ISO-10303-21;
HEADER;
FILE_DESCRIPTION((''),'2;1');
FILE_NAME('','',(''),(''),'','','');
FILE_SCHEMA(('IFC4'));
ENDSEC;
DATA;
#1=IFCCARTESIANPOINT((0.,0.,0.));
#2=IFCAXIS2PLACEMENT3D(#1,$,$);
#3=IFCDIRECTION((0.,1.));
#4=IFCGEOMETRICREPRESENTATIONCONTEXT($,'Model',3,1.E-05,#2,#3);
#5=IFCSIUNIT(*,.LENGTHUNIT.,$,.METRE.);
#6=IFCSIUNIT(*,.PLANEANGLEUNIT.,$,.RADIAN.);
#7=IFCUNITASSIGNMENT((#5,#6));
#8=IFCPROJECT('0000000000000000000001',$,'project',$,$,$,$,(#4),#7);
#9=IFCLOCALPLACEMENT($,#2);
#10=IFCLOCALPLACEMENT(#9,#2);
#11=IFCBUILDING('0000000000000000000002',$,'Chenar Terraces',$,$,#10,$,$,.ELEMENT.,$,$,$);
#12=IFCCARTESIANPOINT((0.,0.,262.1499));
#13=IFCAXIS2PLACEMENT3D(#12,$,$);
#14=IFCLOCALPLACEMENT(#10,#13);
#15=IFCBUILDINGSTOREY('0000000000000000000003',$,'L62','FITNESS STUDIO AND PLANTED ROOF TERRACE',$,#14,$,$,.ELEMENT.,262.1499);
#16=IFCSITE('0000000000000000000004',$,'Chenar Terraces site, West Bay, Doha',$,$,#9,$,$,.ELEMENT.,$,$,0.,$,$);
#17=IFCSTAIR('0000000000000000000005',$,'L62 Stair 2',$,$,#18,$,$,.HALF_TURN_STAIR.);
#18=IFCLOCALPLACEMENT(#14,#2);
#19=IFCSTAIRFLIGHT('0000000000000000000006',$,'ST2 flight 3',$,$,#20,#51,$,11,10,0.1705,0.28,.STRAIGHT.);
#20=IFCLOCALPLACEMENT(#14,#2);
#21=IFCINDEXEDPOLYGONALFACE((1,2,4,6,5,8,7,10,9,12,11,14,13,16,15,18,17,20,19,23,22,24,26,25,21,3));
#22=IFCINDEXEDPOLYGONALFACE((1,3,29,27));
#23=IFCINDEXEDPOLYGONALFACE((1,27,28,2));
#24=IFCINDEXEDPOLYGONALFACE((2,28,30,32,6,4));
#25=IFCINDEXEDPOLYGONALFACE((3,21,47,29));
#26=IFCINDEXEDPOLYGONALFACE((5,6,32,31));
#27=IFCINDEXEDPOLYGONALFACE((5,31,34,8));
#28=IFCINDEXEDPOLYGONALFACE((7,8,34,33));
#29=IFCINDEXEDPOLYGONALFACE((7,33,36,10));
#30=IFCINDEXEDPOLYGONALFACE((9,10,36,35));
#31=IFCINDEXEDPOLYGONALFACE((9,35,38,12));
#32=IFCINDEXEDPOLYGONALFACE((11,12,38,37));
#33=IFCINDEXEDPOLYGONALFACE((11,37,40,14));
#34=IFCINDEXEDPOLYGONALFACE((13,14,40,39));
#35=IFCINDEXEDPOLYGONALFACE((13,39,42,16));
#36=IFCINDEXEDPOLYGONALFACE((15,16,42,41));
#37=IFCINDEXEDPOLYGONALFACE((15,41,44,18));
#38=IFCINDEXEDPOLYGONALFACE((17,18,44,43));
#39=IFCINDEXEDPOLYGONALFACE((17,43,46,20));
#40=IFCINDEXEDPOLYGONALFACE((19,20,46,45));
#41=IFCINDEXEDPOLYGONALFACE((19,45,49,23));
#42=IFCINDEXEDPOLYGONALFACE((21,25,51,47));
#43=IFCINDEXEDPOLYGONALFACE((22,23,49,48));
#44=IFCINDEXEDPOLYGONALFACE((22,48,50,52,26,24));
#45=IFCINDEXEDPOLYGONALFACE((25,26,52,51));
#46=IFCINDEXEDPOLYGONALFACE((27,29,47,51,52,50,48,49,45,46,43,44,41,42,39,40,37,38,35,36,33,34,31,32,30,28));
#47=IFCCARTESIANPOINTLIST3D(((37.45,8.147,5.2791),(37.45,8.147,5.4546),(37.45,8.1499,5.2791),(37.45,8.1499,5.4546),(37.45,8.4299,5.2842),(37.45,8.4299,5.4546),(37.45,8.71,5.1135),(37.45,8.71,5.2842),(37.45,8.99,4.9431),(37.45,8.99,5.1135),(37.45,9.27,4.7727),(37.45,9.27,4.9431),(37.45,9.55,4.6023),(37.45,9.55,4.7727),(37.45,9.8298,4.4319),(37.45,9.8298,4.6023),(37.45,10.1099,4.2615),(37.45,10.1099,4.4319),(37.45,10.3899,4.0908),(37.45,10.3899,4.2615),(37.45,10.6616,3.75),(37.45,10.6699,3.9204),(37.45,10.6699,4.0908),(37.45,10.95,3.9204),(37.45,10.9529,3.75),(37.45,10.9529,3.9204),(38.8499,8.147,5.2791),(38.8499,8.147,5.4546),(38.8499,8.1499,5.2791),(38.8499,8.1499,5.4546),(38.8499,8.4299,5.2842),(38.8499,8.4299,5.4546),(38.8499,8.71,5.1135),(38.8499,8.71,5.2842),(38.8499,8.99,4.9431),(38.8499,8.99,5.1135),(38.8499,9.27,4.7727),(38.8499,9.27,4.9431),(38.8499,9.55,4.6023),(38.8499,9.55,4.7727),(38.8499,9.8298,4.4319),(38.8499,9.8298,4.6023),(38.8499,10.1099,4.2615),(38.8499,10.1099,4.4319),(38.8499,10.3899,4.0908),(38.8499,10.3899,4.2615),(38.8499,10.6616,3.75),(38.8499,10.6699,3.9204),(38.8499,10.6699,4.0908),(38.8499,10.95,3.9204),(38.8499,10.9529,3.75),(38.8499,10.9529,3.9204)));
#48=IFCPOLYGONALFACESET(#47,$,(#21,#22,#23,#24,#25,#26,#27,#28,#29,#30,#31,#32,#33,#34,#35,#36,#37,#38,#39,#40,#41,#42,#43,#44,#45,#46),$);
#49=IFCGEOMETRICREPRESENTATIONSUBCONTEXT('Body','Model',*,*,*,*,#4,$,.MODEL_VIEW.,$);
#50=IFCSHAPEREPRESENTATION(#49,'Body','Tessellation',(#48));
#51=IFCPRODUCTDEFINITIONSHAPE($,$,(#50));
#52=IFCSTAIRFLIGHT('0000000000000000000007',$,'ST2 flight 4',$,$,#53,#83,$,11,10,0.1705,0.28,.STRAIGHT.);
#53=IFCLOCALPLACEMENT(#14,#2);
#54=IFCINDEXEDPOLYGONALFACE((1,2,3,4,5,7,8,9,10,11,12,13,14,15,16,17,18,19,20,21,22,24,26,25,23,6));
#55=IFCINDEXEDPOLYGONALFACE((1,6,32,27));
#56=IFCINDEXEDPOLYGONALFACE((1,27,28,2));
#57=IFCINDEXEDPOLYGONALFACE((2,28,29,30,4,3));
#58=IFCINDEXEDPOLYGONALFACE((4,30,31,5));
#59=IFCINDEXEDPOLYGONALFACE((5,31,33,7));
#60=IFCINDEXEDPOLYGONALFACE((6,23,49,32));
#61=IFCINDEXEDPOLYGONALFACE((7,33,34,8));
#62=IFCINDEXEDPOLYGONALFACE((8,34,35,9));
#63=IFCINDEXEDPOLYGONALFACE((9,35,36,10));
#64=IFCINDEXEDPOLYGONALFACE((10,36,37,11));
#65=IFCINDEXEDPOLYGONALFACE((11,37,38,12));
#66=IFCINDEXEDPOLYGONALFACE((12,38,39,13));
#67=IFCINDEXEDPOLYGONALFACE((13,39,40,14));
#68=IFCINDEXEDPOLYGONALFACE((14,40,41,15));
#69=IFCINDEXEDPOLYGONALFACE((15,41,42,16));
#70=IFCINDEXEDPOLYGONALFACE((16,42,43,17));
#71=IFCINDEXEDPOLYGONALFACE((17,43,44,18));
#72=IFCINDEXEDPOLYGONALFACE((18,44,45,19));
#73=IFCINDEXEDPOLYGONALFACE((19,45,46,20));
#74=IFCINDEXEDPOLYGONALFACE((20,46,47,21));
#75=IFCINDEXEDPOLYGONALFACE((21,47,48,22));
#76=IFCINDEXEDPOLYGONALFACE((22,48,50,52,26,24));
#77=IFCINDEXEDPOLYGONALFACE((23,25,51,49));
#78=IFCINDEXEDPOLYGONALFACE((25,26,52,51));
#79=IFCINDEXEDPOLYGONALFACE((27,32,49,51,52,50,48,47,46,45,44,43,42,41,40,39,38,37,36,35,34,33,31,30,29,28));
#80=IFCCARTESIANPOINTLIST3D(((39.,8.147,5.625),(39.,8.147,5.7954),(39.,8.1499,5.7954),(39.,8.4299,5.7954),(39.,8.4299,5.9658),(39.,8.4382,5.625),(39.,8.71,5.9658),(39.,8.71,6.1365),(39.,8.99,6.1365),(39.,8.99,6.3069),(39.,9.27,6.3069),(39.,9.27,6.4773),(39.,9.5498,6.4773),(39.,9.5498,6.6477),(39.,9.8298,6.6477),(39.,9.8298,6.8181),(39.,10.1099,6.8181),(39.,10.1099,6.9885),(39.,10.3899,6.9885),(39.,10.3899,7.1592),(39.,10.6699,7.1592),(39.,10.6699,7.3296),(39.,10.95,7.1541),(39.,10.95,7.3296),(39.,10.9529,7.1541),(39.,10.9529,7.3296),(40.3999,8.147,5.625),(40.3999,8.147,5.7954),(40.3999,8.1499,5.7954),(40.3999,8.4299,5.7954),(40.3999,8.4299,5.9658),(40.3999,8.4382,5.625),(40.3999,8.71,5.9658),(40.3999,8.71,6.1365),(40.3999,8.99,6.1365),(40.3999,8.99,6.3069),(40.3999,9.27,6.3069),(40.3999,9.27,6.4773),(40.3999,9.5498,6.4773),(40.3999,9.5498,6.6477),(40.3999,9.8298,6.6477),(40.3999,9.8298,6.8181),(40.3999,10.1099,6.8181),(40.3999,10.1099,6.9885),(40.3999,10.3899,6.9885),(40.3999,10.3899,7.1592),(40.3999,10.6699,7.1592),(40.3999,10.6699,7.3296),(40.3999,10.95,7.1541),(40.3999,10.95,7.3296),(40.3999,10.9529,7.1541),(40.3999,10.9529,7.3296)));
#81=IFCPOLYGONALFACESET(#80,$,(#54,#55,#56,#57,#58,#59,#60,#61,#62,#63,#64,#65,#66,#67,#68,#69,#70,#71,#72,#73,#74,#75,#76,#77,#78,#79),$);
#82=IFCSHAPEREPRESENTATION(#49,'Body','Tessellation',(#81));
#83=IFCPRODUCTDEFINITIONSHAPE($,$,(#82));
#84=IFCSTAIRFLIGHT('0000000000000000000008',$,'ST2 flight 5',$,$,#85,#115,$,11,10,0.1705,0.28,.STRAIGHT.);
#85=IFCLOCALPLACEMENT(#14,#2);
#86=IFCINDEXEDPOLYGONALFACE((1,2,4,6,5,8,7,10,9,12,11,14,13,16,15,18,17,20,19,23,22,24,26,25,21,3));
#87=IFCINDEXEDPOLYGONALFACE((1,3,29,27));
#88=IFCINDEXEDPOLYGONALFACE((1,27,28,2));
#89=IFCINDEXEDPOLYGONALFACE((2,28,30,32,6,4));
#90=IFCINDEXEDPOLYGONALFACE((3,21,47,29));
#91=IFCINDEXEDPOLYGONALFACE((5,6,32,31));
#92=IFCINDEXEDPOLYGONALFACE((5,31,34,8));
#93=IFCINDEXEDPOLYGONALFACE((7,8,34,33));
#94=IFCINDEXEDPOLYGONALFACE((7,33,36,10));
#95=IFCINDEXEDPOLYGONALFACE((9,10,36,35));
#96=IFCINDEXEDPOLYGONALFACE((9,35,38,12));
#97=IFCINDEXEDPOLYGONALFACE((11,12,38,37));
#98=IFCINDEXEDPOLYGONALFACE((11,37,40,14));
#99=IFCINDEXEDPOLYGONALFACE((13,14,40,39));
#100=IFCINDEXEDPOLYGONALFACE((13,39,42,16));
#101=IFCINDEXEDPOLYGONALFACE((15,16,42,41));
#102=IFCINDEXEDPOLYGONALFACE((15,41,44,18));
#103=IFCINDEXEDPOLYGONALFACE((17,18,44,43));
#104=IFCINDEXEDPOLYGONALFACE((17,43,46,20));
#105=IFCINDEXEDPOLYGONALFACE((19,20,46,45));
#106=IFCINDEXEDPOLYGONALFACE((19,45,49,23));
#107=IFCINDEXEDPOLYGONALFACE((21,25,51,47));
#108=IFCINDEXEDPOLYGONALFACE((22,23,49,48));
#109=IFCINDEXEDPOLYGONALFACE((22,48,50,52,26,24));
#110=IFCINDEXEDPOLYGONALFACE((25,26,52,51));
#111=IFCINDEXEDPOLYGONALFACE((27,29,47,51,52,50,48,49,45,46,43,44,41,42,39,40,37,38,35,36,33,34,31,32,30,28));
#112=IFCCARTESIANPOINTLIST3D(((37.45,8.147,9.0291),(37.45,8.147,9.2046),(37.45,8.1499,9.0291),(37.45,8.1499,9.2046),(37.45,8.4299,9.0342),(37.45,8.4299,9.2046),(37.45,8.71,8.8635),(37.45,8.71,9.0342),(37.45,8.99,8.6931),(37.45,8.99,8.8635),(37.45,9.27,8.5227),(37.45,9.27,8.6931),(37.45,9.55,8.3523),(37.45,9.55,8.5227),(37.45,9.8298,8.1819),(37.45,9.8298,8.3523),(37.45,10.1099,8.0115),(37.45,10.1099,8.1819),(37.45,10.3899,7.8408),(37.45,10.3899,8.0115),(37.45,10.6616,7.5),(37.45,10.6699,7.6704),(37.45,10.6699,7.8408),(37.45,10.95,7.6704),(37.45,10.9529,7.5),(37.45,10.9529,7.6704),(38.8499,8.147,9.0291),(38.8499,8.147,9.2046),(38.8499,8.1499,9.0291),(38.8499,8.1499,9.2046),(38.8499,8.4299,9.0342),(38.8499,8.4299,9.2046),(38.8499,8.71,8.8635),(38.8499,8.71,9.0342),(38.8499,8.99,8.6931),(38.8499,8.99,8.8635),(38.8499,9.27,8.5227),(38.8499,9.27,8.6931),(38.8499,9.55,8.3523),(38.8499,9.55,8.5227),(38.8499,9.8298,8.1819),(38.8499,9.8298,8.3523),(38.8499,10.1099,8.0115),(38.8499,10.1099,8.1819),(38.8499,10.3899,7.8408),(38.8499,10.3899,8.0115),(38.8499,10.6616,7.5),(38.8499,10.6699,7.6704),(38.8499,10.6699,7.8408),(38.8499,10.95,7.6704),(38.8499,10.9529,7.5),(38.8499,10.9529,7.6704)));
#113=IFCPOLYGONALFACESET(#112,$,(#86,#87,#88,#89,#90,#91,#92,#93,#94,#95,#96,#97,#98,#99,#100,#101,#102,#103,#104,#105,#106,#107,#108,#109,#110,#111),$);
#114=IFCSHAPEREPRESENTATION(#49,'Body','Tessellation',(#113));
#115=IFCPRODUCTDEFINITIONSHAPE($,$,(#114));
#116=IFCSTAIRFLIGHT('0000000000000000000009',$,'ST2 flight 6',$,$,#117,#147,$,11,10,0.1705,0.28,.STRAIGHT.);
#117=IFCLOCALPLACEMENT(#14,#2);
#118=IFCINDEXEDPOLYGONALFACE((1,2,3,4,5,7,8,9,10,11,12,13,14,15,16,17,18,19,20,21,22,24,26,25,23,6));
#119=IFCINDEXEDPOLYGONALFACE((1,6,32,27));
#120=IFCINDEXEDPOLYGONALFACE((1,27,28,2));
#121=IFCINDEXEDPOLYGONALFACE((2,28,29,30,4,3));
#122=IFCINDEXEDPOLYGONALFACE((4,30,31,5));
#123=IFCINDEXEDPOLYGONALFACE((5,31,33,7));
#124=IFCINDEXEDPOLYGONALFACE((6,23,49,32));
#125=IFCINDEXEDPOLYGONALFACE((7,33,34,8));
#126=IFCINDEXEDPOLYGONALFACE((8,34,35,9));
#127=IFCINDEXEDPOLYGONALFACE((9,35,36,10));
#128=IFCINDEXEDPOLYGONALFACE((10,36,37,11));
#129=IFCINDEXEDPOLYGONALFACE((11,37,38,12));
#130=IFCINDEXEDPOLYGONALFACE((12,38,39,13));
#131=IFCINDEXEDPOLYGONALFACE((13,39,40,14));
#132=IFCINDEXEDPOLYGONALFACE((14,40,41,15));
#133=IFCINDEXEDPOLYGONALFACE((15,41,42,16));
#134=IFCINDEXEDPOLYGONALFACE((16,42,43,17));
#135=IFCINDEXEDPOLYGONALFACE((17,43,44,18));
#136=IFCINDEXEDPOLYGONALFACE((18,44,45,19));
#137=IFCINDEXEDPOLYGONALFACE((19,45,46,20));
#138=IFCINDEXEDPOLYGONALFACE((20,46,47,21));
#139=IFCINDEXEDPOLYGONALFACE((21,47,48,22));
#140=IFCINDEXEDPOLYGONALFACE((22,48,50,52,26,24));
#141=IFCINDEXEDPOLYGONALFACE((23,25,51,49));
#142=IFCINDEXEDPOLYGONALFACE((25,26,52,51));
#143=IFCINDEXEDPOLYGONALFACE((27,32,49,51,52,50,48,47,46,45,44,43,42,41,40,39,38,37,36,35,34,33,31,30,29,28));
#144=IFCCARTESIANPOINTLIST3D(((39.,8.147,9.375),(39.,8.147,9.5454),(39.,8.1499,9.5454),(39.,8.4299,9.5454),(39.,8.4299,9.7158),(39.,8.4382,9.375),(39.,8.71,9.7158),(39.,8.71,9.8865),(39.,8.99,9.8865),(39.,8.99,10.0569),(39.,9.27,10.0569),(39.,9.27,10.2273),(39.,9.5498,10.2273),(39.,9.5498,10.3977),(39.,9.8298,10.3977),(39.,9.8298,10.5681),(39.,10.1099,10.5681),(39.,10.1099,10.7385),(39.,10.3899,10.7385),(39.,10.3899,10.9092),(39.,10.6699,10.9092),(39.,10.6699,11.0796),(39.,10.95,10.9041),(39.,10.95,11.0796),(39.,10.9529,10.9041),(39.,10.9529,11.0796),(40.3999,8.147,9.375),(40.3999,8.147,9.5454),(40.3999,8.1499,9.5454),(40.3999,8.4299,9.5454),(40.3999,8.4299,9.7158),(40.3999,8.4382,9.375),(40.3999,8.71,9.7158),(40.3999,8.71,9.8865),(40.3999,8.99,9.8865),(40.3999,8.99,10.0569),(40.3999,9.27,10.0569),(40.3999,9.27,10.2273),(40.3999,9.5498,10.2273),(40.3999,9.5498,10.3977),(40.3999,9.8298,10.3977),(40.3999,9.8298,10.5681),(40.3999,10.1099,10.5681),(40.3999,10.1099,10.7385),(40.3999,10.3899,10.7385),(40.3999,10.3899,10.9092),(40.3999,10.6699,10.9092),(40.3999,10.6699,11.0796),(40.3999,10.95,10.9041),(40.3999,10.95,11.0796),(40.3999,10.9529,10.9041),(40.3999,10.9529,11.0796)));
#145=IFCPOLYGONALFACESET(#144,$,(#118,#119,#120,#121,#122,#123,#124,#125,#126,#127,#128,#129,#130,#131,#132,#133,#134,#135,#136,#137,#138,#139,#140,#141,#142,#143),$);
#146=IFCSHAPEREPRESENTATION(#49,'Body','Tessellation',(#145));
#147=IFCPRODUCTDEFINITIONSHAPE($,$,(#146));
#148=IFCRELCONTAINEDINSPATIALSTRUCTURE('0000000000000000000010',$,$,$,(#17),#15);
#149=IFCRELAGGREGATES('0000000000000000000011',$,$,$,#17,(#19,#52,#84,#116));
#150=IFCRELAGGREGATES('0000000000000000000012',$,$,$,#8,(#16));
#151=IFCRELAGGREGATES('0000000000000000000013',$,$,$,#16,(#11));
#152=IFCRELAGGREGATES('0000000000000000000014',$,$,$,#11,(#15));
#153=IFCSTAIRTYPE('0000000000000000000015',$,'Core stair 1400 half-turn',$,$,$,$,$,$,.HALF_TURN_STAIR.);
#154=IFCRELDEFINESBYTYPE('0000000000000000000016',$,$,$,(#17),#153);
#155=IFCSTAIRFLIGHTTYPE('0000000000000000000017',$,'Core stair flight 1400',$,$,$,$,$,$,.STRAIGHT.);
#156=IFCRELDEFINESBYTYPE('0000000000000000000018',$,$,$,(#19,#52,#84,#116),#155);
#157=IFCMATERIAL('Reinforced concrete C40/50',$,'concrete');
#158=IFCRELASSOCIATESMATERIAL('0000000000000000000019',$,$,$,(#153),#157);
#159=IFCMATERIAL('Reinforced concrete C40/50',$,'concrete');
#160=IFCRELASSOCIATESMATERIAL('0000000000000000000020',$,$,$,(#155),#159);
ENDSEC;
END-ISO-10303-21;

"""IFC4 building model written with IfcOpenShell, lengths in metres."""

from ifc_helpers import new_model, si_unit, direction, frame, origin, place, context, subcontext, project, spatial, polyline, outline, extrude, material, type_object, element, aggregate, save


model = new_model("IFC4")

# Units and contexts
model_context = context("Model", 3, precision=1e-05, world=origin(), true_north=direction((0.0, 1.0)))
body_context = subcontext(model_context, "Body", "Model", "MODEL_VIEW")
ifc_project = project(units=[si_unit("LENGTHUNIT", "METRE"), si_unit("PLANEANGLEUNIT", "RADIAN")], contexts=[model_context])

# Site, building, storey
site_placement = place(None, origin())
site = spatial("IfcSite", under=ifc_project, at=site_placement, Name="Chenar Terraces site, West Bay, Doha", CompositionType="ELEMENT", RefElevation=0.0)
building_placement = place(site_placement, origin())
building = spatial("IfcBuilding", under=site, at=building_placement, Name="Chenar Terraces", CompositionType="ELEMENT")
storey_placement = place(building_placement, frame((0.0, 0.0, 262.1499)))
storey = spatial("IfcBuildingStorey", under=building, at=storey_placement, Name="L62", Description="FITNESS STUDIO AND PLANTED ROOF TERRACE", CompositionType="ELEMENT", Elevation=262.1499)

# Shared definitions
placement = place(storey_placement, origin())

# Stair, stair flights
ifc_material_1 = material(Name="Reinforced concrete C40/50", Category="concrete")
stair_type = type_object("IfcStairType", Name="Core stair 1400 half-turn", PredefinedType="HALF_TURN_STAIR", material=ifc_material_1)
stair = element("IfcStair", 1, at=placement, inside=storey, type_object=stair_type, Name="L62 Stair 2", PredefinedType="HALF_TURN_STAIR")
ifc_material_2 = material(Name="Reinforced concrete C40/50", Category="concrete")
stair_flight_type = type_object("IfcStairFlightType", Name="Core stair flight 1400", PredefinedType="STRAIGHT", material=ifc_material_2)
stair_flight_1_placement = place(storey_placement, frame((38.1499, 10.95, 3.75), z_axis=(0.0, 0.0, 1.0), x_axis=(0.0, -1.0, 0.0)))
stair_flight_1 = element("IfcStairFlight", 2, at=stair_flight_1_placement, type_object=stair_flight_type, Name="ST2 flight 3", NumberOfRisers=11, NumberOfTreads=10, PredefinedType="STRAIGHT", RiserHeight=0.1705, TreadLength=0.28, context=body_context, shape_type="SweptSolid", body=[
    extrude(outline(polyline([(-0.0029, 0.0), (-0.0029, 0.1704), (0.0, 0.1704), (0.28, 0.1704), (0.28, 0.3408), (0.5601, 0.3408), (0.5601, 0.5115), (0.8401, 0.5115), (0.8401, 0.6819), (1.1201, 0.6819), (1.1201, 0.8523), (1.3999, 0.8523), (1.3999, 1.0227), (1.6799, 1.0227), (1.6799, 1.1931), (1.96, 1.1931), (1.96, 1.3635), (2.24, 1.3635), (2.24, 1.5342), (2.52, 1.5342), (2.52, 1.7046), (2.8, 1.7046), (2.803, 1.7046), (2.803, 1.5291), (2.8, 1.5291), (0.2883, 0.0), (-0.0029, 0.0)])), frame((0.0, 0.7, 0.0), z_axis=(0.0, -1.0, 0.0), x_axis=(1.0, 0.0, 0.0)), (0.0, 0.0, 1.0), 1.3999),
])
stair_flight_2_placement = place(storey_placement, frame((39.7, 8.1499, 5.625), z_axis=(0.0, 0.0, 1.0), x_axis=(0.0, 1.0, 0.0)))
stair_flight_2 = element("IfcStairFlight", 3, at=stair_flight_2_placement, type_object=stair_flight_type, Name="ST2 flight 4", NumberOfRisers=11, NumberOfTreads=10, PredefinedType="STRAIGHT", RiserHeight=0.1705, TreadLength=0.28, context=body_context, shape_type="SweptSolid", body=[
    extrude(outline(polyline([(-0.0029, 0.0), (-0.0029, 0.1704), (0.0, 0.1704), (0.28, 0.1704), (0.28, 0.3408), (0.5601, 0.3408), (0.5601, 0.5115), (0.8401, 0.5115), (0.8401, 0.6819), (1.1201, 0.6819), (1.1201, 0.8523), (1.3999, 0.8523), (1.3999, 1.0227), (1.6799, 1.0227), (1.6799, 1.1931), (1.96, 1.1931), (1.96, 1.3635), (2.24, 1.3635), (2.24, 1.5342), (2.52, 1.5342), (2.52, 1.7046), (2.8, 1.7046), (2.803, 1.7046), (2.803, 1.5291), (2.8, 1.5291), (0.2883, 0.0), (-0.0029, 0.0)])), frame((0.0, 0.7, 0.0), z_axis=(0.0, -1.0, 0.0), x_axis=(1.0, 0.0, 0.0)), (0.0, 0.0, 1.0), 1.3999),
])
stair_flight_3_placement = place(storey_placement, frame((38.1499, 10.95, 7.5), z_axis=(0.0, 0.0, 1.0), x_axis=(0.0, -1.0, 0.0)))
stair_flight_3 = element("IfcStairFlight", 4, at=stair_flight_3_placement, type_object=stair_flight_type, Name="ST2 flight 5", NumberOfRisers=11, NumberOfTreads=10, PredefinedType="STRAIGHT", RiserHeight=0.1705, TreadLength=0.28, context=body_context, shape_type="SweptSolid", body=[
    extrude(outline(polyline([(-0.0029, 0.0), (-0.0029, 0.1704), (0.0, 0.1704), (0.28, 0.1704), (0.28, 0.3408), (0.5601, 0.3408), (0.5601, 0.5115), (0.8401, 0.5115), (0.8401, 0.6819), (1.1201, 0.6819), (1.1201, 0.8523), (1.3999, 0.8523), (1.3999, 1.0227), (1.6799, 1.0227), (1.6799, 1.1931), (1.96, 1.1931), (1.96, 1.3635), (2.24, 1.3635), (2.24, 1.5342), (2.52, 1.5342), (2.52, 1.7046), (2.8, 1.7046), (2.803, 1.7046), (2.803, 1.5291), (2.8, 1.5291), (0.2883, 0.0), (-0.0029, 0.0)])), frame((0.0, 0.7, 0.0), z_axis=(0.0, -1.0, 0.0), x_axis=(1.0, 0.0, 0.0)), (0.0, 0.0, 1.0), 1.3999),
])
stair_flight_4_placement = place(storey_placement, frame((39.7, 8.1499, 9.375), z_axis=(0.0, 0.0, 1.0), x_axis=(0.0, 1.0, 0.0)))
stair_flight_4 = element("IfcStairFlight", 5, at=stair_flight_4_placement, type_object=stair_flight_type, Name="ST2 flight 6", NumberOfRisers=11, NumberOfTreads=10, PredefinedType="STRAIGHT", RiserHeight=0.1705, TreadLength=0.28, context=body_context, shape_type="SweptSolid", body=[
    extrude(outline(polyline([(-0.0029, 0.0), (-0.0029, 0.1704), (0.0, 0.1704), (0.28, 0.1704), (0.28, 0.3408), (0.5601, 0.3408), (0.5601, 0.5115), (0.8401, 0.5115), (0.8401, 0.6819), (1.1201, 0.6819), (1.1201, 0.8523), (1.3999, 0.8523), (1.3999, 1.0227), (1.6799, 1.0227), (1.6799, 1.1931), (1.96, 1.1931), (1.96, 1.3635), (2.24, 1.3635), (2.24, 1.5342), (2.52, 1.5342), (2.52, 1.7046), (2.8, 1.7046), (2.803, 1.7046), (2.803, 1.5291), (2.8, 1.5291), (0.2883, 0.0), (-0.0029, 0.0)])), frame((0.0, 0.7, 0.0), z_axis=(0.0, -1.0, 0.0), x_axis=(1.0, 0.0, 0.0)), (0.0, 0.0, 1.0), 1.3999),
])
aggregate(stair, [stair_flight_1, stair_flight_2, stair_flight_3, stair_flight_4])

save(model, "model.ifc")
